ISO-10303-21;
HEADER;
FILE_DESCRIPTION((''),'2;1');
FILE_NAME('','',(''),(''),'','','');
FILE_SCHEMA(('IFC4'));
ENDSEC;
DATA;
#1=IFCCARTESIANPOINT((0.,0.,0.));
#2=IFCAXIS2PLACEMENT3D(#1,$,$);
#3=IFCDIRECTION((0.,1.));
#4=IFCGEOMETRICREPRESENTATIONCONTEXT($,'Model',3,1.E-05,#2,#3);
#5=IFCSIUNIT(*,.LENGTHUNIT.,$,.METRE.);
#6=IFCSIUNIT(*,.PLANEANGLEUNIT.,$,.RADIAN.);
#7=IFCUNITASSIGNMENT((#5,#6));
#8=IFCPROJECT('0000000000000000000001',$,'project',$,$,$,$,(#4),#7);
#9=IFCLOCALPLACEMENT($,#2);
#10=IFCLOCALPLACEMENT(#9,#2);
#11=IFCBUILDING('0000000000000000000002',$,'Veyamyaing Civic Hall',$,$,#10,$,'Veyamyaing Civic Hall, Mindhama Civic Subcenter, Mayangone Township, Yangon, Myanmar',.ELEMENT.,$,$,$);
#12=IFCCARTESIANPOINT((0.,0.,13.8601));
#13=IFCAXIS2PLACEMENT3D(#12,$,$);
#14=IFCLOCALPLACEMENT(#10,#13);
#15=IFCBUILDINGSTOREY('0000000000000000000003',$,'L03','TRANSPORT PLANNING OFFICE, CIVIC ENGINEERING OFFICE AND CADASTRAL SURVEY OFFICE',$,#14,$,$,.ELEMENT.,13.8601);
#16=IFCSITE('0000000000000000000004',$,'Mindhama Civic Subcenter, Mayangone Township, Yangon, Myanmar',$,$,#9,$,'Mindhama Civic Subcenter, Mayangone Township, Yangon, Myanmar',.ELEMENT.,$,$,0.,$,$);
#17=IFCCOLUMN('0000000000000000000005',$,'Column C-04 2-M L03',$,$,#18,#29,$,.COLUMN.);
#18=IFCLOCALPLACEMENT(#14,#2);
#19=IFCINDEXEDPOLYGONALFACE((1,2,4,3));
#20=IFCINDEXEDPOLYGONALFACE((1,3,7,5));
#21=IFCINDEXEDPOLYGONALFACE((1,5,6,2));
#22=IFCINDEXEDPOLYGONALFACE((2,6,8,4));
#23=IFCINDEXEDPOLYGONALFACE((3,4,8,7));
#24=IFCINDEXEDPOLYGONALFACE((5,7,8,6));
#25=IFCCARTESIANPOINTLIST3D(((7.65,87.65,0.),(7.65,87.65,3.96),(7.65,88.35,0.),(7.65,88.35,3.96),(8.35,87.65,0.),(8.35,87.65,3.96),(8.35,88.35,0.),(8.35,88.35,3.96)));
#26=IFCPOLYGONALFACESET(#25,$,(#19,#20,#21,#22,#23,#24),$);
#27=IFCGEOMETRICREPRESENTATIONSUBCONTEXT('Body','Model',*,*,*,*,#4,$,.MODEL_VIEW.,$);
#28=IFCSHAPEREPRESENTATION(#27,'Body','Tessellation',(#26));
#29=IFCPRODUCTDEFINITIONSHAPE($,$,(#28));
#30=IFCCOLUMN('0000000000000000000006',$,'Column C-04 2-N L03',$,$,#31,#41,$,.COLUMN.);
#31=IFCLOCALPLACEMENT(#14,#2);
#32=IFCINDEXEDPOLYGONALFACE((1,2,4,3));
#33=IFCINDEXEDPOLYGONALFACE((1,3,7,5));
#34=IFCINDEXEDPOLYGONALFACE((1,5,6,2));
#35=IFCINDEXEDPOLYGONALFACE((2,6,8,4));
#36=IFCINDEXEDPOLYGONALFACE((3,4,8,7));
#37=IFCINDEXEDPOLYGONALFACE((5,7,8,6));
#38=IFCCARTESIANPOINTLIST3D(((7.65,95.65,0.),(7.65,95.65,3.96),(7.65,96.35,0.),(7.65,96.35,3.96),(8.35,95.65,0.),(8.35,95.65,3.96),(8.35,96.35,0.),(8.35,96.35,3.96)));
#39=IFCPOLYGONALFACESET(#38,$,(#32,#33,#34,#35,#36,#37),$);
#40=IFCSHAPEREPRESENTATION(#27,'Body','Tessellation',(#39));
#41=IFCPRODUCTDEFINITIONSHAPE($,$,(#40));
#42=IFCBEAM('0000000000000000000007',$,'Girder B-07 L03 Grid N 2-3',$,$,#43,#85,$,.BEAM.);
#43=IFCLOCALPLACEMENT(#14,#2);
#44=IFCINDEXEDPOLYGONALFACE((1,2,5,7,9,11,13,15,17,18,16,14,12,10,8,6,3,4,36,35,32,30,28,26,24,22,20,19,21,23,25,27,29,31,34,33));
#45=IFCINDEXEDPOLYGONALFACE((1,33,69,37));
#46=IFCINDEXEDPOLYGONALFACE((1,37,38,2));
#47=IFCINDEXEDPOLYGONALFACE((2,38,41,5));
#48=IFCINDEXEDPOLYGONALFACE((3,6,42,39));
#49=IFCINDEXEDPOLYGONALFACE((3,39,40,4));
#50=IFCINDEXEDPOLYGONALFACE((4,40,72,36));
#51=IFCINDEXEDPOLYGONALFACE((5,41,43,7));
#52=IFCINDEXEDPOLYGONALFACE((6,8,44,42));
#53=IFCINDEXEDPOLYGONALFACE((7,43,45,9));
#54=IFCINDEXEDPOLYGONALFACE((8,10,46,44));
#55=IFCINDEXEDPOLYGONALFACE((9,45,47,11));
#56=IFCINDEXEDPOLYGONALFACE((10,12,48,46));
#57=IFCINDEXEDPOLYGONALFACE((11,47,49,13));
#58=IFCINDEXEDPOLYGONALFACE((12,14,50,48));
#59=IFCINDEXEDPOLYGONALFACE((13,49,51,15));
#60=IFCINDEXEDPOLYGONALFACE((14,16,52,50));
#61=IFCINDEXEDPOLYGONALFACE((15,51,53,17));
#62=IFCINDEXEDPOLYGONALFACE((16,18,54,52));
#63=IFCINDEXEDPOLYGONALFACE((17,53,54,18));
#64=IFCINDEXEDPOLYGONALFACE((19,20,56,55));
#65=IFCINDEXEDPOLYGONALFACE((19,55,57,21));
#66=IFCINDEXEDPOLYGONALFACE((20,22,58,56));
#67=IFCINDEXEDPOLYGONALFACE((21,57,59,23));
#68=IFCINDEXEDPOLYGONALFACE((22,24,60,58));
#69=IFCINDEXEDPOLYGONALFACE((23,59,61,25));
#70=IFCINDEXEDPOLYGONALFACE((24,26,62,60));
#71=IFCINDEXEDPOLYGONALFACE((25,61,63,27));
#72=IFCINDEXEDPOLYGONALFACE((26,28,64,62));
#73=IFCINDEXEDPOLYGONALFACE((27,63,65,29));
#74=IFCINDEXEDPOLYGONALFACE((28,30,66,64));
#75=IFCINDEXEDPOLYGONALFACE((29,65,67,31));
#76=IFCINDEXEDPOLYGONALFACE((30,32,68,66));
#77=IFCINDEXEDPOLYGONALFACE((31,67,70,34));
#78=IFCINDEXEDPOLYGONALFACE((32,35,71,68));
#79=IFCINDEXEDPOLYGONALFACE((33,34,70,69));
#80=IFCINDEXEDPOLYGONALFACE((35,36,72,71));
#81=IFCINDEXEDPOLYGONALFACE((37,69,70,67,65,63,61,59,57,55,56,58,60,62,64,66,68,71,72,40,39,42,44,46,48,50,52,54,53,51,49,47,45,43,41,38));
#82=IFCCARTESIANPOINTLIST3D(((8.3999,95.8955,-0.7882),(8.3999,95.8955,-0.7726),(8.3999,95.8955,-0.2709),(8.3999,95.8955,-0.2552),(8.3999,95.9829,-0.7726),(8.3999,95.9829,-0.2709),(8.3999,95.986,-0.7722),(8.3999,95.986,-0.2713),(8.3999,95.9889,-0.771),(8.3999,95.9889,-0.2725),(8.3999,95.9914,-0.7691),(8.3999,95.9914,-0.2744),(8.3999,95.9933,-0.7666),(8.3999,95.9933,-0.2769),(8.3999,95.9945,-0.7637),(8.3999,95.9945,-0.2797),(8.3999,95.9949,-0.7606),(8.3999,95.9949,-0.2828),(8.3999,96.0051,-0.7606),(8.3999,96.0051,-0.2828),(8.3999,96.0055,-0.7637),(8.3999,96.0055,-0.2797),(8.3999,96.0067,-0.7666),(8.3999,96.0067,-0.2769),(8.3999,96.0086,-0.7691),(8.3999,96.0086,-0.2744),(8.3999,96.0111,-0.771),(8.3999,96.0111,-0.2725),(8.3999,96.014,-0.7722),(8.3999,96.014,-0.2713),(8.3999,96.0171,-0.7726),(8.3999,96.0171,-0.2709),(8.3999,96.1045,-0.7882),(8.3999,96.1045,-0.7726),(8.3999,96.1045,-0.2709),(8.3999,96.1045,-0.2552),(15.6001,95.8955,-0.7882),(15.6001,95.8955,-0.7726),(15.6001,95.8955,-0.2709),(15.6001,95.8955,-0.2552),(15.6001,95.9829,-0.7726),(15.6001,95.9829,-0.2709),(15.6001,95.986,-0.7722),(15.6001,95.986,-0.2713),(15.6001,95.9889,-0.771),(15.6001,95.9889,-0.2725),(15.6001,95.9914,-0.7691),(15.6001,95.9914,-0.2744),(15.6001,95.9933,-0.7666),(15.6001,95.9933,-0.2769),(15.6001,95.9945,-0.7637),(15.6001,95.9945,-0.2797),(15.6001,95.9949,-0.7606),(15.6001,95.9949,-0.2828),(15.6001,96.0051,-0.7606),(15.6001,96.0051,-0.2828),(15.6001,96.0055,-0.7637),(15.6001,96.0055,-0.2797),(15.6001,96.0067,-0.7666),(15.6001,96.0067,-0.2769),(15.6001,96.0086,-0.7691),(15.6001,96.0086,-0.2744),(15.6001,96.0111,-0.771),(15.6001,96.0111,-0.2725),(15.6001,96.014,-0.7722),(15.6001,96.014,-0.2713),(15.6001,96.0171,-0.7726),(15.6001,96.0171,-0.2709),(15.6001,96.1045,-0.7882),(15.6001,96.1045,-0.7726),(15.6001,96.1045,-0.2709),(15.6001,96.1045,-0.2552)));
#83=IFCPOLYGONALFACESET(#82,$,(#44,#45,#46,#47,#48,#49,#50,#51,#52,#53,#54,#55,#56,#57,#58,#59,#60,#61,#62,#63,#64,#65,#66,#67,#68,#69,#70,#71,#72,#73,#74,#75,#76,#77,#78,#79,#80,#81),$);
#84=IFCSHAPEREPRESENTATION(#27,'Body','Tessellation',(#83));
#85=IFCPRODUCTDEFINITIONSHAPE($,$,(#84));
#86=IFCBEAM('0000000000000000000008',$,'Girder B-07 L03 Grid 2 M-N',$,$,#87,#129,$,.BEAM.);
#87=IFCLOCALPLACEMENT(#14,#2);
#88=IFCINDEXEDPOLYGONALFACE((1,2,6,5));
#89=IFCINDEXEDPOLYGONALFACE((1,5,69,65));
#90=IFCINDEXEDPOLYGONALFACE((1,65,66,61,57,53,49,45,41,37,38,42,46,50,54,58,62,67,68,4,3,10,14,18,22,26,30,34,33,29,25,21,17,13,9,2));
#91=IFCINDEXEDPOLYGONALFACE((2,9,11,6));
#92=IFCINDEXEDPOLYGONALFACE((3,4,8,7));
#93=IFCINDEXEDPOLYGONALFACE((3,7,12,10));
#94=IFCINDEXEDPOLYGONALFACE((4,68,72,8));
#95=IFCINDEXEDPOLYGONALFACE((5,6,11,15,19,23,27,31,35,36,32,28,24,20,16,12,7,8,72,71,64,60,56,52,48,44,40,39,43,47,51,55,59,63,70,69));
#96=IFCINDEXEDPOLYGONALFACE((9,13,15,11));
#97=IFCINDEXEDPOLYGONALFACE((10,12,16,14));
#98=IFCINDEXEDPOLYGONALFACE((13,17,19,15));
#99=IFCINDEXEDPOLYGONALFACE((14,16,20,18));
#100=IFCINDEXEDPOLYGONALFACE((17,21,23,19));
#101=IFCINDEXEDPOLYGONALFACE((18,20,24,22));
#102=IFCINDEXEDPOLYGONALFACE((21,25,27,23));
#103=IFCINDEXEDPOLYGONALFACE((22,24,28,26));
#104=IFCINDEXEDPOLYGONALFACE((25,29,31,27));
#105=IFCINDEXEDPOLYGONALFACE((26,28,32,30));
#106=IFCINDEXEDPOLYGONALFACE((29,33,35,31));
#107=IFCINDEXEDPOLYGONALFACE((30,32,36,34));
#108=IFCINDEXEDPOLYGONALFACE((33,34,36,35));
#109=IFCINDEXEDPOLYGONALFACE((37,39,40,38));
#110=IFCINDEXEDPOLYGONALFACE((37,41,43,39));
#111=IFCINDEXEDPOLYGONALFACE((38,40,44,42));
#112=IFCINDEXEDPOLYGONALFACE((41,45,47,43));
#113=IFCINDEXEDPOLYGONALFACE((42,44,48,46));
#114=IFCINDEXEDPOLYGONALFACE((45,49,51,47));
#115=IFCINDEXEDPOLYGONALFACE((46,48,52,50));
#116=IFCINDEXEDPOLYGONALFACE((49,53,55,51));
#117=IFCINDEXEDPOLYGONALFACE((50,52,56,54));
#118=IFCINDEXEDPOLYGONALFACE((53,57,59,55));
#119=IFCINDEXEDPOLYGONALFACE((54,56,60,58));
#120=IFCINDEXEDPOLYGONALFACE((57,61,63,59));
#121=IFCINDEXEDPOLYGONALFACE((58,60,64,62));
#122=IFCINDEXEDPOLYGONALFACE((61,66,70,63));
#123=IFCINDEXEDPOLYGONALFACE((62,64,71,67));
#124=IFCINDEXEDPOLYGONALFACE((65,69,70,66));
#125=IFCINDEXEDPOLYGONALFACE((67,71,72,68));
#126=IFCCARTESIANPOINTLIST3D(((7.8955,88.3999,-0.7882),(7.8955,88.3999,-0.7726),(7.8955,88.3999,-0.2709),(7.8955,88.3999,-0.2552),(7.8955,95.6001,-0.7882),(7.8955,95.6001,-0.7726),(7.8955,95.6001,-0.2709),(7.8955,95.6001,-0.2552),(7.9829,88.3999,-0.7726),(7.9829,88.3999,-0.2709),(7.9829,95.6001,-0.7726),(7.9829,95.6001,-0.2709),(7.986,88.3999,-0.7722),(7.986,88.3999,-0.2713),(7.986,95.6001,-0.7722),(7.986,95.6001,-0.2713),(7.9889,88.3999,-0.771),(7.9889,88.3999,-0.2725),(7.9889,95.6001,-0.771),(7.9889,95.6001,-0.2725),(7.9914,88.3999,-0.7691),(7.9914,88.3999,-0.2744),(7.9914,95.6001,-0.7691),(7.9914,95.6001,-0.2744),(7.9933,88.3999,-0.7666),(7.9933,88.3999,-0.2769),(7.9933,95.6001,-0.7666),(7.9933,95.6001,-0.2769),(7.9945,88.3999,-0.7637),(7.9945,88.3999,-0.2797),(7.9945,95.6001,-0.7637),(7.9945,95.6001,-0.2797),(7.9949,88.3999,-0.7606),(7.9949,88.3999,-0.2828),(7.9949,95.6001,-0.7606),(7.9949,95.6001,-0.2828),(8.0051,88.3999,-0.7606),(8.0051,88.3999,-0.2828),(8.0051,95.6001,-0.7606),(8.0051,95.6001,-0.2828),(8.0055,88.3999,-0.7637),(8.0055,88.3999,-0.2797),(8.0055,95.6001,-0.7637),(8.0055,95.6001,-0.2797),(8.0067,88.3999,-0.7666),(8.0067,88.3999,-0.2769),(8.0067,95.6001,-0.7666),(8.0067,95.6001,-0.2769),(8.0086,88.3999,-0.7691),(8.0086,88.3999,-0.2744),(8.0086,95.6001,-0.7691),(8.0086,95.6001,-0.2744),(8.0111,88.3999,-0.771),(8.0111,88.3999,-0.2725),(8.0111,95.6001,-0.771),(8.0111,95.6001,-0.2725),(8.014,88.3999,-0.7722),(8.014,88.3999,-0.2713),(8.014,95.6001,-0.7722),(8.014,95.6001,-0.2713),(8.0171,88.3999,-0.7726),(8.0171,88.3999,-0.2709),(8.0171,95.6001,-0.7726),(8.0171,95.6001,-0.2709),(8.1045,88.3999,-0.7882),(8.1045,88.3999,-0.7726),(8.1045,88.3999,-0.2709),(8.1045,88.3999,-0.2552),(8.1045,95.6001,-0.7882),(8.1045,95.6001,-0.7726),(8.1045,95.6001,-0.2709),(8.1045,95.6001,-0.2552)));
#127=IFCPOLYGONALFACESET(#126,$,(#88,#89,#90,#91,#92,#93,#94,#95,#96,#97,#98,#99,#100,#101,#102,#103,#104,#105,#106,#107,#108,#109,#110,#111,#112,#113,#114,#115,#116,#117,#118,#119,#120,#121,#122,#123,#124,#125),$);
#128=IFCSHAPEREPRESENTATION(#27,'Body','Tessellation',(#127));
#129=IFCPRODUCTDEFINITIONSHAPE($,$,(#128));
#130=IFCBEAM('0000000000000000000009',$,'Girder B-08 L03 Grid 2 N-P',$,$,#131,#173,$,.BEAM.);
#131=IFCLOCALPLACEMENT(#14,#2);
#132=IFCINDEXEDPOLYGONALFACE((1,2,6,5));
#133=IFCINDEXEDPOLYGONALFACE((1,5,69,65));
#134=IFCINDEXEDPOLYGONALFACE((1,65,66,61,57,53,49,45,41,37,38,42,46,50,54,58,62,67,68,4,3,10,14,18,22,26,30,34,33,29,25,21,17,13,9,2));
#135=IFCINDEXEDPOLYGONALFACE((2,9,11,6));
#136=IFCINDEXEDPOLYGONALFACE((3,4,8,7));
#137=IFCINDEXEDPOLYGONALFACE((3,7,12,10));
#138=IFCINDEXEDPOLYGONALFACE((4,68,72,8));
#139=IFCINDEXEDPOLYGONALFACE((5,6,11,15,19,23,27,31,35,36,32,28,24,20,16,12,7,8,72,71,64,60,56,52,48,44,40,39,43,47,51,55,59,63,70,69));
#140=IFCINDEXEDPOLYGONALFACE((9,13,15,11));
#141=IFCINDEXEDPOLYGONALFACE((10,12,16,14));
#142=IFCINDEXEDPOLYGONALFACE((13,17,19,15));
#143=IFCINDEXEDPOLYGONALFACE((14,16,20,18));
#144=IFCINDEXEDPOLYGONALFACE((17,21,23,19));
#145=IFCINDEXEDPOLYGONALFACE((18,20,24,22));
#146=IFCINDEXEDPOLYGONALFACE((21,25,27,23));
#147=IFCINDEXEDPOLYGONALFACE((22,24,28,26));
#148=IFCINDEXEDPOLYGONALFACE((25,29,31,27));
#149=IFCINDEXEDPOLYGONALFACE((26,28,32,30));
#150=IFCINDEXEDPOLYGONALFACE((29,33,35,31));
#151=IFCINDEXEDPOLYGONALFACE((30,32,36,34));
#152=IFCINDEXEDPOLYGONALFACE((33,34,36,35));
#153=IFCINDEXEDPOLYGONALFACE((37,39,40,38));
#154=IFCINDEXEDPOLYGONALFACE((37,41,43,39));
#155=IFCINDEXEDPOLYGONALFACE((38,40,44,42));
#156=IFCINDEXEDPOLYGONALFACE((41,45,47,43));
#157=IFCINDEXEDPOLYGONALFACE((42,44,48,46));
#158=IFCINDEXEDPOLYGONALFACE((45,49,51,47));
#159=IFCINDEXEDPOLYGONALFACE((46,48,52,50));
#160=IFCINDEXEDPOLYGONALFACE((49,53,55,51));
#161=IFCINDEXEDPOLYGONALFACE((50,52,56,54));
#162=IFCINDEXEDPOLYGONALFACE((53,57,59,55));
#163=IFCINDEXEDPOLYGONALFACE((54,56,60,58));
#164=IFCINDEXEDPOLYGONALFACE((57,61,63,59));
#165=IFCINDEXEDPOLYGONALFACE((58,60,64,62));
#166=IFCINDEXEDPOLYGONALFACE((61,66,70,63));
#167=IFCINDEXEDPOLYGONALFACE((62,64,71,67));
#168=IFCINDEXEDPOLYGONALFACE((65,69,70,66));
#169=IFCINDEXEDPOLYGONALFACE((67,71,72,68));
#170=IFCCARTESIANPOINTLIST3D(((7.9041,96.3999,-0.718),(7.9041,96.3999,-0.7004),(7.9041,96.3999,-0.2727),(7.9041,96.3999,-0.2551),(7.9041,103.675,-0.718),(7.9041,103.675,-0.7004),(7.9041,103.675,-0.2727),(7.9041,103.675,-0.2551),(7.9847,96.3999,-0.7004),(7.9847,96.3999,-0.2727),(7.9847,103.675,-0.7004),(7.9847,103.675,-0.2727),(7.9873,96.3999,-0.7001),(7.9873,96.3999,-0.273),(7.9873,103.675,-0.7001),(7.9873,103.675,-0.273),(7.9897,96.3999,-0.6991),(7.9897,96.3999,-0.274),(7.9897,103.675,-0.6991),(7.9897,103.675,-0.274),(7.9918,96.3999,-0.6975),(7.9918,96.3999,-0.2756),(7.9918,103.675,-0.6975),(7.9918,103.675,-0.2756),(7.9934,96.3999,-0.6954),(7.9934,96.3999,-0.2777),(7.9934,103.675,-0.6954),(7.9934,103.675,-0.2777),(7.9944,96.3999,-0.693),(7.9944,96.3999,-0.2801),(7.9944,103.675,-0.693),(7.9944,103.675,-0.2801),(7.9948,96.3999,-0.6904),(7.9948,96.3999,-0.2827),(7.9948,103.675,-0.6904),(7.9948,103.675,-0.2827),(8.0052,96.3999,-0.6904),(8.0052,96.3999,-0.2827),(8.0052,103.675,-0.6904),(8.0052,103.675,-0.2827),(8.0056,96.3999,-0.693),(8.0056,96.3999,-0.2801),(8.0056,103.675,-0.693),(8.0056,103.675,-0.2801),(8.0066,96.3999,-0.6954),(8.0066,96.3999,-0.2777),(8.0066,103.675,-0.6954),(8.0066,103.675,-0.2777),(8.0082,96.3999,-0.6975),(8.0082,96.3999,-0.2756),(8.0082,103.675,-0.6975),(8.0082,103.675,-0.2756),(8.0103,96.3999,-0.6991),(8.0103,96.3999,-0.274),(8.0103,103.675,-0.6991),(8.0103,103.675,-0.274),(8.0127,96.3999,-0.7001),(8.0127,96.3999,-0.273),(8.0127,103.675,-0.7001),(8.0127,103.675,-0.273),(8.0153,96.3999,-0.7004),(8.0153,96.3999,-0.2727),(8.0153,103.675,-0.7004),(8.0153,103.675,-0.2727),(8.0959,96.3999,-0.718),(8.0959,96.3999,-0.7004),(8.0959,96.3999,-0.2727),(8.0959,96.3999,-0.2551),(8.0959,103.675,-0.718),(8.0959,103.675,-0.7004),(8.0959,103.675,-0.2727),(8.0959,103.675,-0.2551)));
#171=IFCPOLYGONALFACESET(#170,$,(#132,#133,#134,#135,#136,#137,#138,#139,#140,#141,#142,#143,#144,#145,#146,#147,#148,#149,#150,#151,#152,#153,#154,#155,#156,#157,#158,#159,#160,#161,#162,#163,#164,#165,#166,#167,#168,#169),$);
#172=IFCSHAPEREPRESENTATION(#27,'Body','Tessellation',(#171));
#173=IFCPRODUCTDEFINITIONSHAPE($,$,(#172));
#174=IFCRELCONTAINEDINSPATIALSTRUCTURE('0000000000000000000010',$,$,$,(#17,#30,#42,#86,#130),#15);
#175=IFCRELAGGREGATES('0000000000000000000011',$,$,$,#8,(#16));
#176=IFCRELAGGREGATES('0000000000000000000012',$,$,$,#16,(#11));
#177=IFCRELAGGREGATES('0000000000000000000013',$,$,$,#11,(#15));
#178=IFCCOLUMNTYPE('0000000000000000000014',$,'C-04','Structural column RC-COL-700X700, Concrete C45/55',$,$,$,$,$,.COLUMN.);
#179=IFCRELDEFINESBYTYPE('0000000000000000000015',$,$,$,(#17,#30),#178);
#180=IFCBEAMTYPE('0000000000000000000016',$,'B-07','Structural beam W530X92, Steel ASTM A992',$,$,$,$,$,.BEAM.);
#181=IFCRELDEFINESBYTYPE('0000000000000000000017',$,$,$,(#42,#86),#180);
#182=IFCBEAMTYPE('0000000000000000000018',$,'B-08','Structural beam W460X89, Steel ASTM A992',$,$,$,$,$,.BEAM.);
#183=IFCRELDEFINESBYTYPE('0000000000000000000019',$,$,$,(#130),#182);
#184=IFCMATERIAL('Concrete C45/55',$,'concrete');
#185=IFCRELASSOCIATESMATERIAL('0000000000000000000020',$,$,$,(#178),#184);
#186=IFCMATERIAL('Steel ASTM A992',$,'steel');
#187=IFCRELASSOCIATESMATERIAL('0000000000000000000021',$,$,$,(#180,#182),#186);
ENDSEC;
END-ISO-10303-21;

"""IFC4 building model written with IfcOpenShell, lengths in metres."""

from ifc_helpers import new_model, si_unit, direction, frame, origin, origin_2d, place, context, subcontext, project, spatial, rectangle, i_section, extrude, material, material_profile, profile_set, type_object, element, save


model = new_model("IFC4")

# Units and contexts
model_context = context("Model", 3, precision=1e-05, world=origin(), true_north=direction((0.0, 1.0)))
body_context = subcontext(model_context, "Body", "Model", "MODEL_VIEW")
ifc_project = project(units=[si_unit("LENGTHUNIT", "METRE"), si_unit("PLANEANGLEUNIT", "RADIAN")], contexts=[model_context])

# Site, building, storey
site_placement = place(None, origin())
site = spatial("IfcSite", under=ifc_project, at=site_placement, Name="Mindhama Civic Subcenter, Mayangone Township, Yangon, Myanmar", LongName="Mindhama Civic Subcenter, Mayangone Township, Yangon, Myanmar", CompositionType="ELEMENT", RefElevation=0.0)
building_placement = place(site_placement, origin())
building = spatial("IfcBuilding", under=site, at=building_placement, Name="Veyamyaing Civic Hall", LongName="Veyamyaing Civic Hall, Mindhama Civic Subcenter, Mayangone Township, Yangon, Myanmar", CompositionType="ELEMENT")
storey_placement = place(building_placement, frame((0.0, 0.0, 13.8601)))
storey = spatial("IfcBuildingStorey", under=building, at=storey_placement, Name="L03", Description="TRANSPORT PLANNING OFFICE, CIVIC ENGINEERING OFFICE AND CADASTRAL SURVEY OFFICE", CompositionType="ELEMENT", Elevation=13.8601)

# Columns
ifc_material_1 = material(Name="Concrete C45/55", Category="concrete")
ifc_material_profile_1 = material_profile(ifc_material_1, rectangle(XDim=0.7, YDim=0.7, at=origin_2d()), Name="RC-COL-700X700")
ifc_profile_set_1 = profile_set([ifc_material_profile_1], Name="Concrete C45/55")
column_type = type_object("IfcColumnType", Name="C-04", Description="Structural column RC-COL-700X700, Concrete C45/55", PredefinedType="COLUMN", material=ifc_profile_set_1)
for number, where, z_axis, x_axis, name in (
    (1, (8.0, 88.0, 0.0), (0.0, 0.0, 1.0), (1.0, 0.0, 0.0), "Column C-04 2-M L03"),
    (2, (8.0, 96.0, 0.0), (0.0, 0.0, 1.0), (1.0, 0.0, 0.0), "Column C-04 2-N L03"),
):
    element("IfcColumn", number, at=place(storey_placement, frame(where, z_axis=z_axis, x_axis=x_axis)), inside=storey, type_object=column_type, Name=name, PredefinedType="COLUMN", context=body_context, shape_type="SweptSolid", body=[
        extrude(rectangle(XDim=0.7, YDim=0.7, at=origin_2d()), origin(), (0.0, 0.0, 1.0), 3.96),
    ])

# Beams
ifc_material_2 = material(Name="Steel ASTM A992", Category="steel")
ifc_material_profile_2 = material_profile(ifc_material_2, i_section(OverallWidth=0.209, OverallDepth=0.533, WebThickness=0.0103, FlangeThickness=0.0156, FilletRadius=0.012, at=origin_2d()), Name="W530X92")
ifc_profile_set_2 = profile_set([ifc_material_profile_2], Name="Steel ASTM A992")
beam_type_1 = type_object("IfcBeamType", Name="B-07", Description="Structural beam W530X92, Steel ASTM A992", PredefinedType="BEAM", material=ifc_profile_set_2)
for number, where, z_axis, x_axis, name in (
    (3, (8.3999, 96.0, -0.5217), (1.0, 0.0, 0.0), (0.0, 1.0, 0.0), "Girder B-07 L03 Grid N 2-3"),
    (4, (8.0, 88.3999, -0.5217), (0.0, 1.0, 0.0), (-1.0, 0.0, 0.0), "Girder B-07 L03 Grid 2 M-N"),
):
    element("IfcBeam", number, at=place(storey_placement, frame(where, z_axis=z_axis, x_axis=x_axis)), inside=storey, type_object=beam_type_1, Name=name, PredefinedType="BEAM", context=body_context, shape_type="SweptSolid", body=[
        extrude(i_section(OverallWidth=0.209, OverallDepth=0.533, WebThickness=0.0103, FlangeThickness=0.0156, FilletRadius=0.012, at=origin_2d()), origin(), (0.0, 0.0, 1.0), 7.2002),
    ])
ifc_material_profile_3 = material_profile(ifc_material_2, i_section(OverallWidth=0.1919, OverallDepth=0.4629, WebThickness=0.0105, FlangeThickness=0.0176, FilletRadius=0.01, at=origin_2d()), Name="W460X89")
ifc_profile_set_3 = profile_set([ifc_material_profile_3], Name="Steel ASTM A992")
beam_type_2 = type_object("IfcBeamType", Name="B-08", Description="Structural beam W460X89, Steel ASTM A992", PredefinedType="BEAM", material=ifc_profile_set_3)
beam_1_placement = place(storey_placement, frame((8.0, 96.3999, -0.4866), z_axis=(0.0, 1.0, 0.0), x_axis=(-1.0, 0.0, 0.0)))
element("IfcBeam", 5, at=beam_1_placement, inside=storey, type_object=beam_type_2, Name="Girder B-08 L03 Grid 2 N-P", PredefinedType="BEAM", context=body_context, shape_type="SweptSolid", body=[
    extrude(i_section(OverallWidth=0.1919, OverallDepth=0.4629, WebThickness=0.0105, FlangeThickness=0.0176, FilletRadius=0.01, at=origin_2d()), origin(), (0.0, 0.0, 1.0), 7.2751),
])

save(model, "model.ifc")
